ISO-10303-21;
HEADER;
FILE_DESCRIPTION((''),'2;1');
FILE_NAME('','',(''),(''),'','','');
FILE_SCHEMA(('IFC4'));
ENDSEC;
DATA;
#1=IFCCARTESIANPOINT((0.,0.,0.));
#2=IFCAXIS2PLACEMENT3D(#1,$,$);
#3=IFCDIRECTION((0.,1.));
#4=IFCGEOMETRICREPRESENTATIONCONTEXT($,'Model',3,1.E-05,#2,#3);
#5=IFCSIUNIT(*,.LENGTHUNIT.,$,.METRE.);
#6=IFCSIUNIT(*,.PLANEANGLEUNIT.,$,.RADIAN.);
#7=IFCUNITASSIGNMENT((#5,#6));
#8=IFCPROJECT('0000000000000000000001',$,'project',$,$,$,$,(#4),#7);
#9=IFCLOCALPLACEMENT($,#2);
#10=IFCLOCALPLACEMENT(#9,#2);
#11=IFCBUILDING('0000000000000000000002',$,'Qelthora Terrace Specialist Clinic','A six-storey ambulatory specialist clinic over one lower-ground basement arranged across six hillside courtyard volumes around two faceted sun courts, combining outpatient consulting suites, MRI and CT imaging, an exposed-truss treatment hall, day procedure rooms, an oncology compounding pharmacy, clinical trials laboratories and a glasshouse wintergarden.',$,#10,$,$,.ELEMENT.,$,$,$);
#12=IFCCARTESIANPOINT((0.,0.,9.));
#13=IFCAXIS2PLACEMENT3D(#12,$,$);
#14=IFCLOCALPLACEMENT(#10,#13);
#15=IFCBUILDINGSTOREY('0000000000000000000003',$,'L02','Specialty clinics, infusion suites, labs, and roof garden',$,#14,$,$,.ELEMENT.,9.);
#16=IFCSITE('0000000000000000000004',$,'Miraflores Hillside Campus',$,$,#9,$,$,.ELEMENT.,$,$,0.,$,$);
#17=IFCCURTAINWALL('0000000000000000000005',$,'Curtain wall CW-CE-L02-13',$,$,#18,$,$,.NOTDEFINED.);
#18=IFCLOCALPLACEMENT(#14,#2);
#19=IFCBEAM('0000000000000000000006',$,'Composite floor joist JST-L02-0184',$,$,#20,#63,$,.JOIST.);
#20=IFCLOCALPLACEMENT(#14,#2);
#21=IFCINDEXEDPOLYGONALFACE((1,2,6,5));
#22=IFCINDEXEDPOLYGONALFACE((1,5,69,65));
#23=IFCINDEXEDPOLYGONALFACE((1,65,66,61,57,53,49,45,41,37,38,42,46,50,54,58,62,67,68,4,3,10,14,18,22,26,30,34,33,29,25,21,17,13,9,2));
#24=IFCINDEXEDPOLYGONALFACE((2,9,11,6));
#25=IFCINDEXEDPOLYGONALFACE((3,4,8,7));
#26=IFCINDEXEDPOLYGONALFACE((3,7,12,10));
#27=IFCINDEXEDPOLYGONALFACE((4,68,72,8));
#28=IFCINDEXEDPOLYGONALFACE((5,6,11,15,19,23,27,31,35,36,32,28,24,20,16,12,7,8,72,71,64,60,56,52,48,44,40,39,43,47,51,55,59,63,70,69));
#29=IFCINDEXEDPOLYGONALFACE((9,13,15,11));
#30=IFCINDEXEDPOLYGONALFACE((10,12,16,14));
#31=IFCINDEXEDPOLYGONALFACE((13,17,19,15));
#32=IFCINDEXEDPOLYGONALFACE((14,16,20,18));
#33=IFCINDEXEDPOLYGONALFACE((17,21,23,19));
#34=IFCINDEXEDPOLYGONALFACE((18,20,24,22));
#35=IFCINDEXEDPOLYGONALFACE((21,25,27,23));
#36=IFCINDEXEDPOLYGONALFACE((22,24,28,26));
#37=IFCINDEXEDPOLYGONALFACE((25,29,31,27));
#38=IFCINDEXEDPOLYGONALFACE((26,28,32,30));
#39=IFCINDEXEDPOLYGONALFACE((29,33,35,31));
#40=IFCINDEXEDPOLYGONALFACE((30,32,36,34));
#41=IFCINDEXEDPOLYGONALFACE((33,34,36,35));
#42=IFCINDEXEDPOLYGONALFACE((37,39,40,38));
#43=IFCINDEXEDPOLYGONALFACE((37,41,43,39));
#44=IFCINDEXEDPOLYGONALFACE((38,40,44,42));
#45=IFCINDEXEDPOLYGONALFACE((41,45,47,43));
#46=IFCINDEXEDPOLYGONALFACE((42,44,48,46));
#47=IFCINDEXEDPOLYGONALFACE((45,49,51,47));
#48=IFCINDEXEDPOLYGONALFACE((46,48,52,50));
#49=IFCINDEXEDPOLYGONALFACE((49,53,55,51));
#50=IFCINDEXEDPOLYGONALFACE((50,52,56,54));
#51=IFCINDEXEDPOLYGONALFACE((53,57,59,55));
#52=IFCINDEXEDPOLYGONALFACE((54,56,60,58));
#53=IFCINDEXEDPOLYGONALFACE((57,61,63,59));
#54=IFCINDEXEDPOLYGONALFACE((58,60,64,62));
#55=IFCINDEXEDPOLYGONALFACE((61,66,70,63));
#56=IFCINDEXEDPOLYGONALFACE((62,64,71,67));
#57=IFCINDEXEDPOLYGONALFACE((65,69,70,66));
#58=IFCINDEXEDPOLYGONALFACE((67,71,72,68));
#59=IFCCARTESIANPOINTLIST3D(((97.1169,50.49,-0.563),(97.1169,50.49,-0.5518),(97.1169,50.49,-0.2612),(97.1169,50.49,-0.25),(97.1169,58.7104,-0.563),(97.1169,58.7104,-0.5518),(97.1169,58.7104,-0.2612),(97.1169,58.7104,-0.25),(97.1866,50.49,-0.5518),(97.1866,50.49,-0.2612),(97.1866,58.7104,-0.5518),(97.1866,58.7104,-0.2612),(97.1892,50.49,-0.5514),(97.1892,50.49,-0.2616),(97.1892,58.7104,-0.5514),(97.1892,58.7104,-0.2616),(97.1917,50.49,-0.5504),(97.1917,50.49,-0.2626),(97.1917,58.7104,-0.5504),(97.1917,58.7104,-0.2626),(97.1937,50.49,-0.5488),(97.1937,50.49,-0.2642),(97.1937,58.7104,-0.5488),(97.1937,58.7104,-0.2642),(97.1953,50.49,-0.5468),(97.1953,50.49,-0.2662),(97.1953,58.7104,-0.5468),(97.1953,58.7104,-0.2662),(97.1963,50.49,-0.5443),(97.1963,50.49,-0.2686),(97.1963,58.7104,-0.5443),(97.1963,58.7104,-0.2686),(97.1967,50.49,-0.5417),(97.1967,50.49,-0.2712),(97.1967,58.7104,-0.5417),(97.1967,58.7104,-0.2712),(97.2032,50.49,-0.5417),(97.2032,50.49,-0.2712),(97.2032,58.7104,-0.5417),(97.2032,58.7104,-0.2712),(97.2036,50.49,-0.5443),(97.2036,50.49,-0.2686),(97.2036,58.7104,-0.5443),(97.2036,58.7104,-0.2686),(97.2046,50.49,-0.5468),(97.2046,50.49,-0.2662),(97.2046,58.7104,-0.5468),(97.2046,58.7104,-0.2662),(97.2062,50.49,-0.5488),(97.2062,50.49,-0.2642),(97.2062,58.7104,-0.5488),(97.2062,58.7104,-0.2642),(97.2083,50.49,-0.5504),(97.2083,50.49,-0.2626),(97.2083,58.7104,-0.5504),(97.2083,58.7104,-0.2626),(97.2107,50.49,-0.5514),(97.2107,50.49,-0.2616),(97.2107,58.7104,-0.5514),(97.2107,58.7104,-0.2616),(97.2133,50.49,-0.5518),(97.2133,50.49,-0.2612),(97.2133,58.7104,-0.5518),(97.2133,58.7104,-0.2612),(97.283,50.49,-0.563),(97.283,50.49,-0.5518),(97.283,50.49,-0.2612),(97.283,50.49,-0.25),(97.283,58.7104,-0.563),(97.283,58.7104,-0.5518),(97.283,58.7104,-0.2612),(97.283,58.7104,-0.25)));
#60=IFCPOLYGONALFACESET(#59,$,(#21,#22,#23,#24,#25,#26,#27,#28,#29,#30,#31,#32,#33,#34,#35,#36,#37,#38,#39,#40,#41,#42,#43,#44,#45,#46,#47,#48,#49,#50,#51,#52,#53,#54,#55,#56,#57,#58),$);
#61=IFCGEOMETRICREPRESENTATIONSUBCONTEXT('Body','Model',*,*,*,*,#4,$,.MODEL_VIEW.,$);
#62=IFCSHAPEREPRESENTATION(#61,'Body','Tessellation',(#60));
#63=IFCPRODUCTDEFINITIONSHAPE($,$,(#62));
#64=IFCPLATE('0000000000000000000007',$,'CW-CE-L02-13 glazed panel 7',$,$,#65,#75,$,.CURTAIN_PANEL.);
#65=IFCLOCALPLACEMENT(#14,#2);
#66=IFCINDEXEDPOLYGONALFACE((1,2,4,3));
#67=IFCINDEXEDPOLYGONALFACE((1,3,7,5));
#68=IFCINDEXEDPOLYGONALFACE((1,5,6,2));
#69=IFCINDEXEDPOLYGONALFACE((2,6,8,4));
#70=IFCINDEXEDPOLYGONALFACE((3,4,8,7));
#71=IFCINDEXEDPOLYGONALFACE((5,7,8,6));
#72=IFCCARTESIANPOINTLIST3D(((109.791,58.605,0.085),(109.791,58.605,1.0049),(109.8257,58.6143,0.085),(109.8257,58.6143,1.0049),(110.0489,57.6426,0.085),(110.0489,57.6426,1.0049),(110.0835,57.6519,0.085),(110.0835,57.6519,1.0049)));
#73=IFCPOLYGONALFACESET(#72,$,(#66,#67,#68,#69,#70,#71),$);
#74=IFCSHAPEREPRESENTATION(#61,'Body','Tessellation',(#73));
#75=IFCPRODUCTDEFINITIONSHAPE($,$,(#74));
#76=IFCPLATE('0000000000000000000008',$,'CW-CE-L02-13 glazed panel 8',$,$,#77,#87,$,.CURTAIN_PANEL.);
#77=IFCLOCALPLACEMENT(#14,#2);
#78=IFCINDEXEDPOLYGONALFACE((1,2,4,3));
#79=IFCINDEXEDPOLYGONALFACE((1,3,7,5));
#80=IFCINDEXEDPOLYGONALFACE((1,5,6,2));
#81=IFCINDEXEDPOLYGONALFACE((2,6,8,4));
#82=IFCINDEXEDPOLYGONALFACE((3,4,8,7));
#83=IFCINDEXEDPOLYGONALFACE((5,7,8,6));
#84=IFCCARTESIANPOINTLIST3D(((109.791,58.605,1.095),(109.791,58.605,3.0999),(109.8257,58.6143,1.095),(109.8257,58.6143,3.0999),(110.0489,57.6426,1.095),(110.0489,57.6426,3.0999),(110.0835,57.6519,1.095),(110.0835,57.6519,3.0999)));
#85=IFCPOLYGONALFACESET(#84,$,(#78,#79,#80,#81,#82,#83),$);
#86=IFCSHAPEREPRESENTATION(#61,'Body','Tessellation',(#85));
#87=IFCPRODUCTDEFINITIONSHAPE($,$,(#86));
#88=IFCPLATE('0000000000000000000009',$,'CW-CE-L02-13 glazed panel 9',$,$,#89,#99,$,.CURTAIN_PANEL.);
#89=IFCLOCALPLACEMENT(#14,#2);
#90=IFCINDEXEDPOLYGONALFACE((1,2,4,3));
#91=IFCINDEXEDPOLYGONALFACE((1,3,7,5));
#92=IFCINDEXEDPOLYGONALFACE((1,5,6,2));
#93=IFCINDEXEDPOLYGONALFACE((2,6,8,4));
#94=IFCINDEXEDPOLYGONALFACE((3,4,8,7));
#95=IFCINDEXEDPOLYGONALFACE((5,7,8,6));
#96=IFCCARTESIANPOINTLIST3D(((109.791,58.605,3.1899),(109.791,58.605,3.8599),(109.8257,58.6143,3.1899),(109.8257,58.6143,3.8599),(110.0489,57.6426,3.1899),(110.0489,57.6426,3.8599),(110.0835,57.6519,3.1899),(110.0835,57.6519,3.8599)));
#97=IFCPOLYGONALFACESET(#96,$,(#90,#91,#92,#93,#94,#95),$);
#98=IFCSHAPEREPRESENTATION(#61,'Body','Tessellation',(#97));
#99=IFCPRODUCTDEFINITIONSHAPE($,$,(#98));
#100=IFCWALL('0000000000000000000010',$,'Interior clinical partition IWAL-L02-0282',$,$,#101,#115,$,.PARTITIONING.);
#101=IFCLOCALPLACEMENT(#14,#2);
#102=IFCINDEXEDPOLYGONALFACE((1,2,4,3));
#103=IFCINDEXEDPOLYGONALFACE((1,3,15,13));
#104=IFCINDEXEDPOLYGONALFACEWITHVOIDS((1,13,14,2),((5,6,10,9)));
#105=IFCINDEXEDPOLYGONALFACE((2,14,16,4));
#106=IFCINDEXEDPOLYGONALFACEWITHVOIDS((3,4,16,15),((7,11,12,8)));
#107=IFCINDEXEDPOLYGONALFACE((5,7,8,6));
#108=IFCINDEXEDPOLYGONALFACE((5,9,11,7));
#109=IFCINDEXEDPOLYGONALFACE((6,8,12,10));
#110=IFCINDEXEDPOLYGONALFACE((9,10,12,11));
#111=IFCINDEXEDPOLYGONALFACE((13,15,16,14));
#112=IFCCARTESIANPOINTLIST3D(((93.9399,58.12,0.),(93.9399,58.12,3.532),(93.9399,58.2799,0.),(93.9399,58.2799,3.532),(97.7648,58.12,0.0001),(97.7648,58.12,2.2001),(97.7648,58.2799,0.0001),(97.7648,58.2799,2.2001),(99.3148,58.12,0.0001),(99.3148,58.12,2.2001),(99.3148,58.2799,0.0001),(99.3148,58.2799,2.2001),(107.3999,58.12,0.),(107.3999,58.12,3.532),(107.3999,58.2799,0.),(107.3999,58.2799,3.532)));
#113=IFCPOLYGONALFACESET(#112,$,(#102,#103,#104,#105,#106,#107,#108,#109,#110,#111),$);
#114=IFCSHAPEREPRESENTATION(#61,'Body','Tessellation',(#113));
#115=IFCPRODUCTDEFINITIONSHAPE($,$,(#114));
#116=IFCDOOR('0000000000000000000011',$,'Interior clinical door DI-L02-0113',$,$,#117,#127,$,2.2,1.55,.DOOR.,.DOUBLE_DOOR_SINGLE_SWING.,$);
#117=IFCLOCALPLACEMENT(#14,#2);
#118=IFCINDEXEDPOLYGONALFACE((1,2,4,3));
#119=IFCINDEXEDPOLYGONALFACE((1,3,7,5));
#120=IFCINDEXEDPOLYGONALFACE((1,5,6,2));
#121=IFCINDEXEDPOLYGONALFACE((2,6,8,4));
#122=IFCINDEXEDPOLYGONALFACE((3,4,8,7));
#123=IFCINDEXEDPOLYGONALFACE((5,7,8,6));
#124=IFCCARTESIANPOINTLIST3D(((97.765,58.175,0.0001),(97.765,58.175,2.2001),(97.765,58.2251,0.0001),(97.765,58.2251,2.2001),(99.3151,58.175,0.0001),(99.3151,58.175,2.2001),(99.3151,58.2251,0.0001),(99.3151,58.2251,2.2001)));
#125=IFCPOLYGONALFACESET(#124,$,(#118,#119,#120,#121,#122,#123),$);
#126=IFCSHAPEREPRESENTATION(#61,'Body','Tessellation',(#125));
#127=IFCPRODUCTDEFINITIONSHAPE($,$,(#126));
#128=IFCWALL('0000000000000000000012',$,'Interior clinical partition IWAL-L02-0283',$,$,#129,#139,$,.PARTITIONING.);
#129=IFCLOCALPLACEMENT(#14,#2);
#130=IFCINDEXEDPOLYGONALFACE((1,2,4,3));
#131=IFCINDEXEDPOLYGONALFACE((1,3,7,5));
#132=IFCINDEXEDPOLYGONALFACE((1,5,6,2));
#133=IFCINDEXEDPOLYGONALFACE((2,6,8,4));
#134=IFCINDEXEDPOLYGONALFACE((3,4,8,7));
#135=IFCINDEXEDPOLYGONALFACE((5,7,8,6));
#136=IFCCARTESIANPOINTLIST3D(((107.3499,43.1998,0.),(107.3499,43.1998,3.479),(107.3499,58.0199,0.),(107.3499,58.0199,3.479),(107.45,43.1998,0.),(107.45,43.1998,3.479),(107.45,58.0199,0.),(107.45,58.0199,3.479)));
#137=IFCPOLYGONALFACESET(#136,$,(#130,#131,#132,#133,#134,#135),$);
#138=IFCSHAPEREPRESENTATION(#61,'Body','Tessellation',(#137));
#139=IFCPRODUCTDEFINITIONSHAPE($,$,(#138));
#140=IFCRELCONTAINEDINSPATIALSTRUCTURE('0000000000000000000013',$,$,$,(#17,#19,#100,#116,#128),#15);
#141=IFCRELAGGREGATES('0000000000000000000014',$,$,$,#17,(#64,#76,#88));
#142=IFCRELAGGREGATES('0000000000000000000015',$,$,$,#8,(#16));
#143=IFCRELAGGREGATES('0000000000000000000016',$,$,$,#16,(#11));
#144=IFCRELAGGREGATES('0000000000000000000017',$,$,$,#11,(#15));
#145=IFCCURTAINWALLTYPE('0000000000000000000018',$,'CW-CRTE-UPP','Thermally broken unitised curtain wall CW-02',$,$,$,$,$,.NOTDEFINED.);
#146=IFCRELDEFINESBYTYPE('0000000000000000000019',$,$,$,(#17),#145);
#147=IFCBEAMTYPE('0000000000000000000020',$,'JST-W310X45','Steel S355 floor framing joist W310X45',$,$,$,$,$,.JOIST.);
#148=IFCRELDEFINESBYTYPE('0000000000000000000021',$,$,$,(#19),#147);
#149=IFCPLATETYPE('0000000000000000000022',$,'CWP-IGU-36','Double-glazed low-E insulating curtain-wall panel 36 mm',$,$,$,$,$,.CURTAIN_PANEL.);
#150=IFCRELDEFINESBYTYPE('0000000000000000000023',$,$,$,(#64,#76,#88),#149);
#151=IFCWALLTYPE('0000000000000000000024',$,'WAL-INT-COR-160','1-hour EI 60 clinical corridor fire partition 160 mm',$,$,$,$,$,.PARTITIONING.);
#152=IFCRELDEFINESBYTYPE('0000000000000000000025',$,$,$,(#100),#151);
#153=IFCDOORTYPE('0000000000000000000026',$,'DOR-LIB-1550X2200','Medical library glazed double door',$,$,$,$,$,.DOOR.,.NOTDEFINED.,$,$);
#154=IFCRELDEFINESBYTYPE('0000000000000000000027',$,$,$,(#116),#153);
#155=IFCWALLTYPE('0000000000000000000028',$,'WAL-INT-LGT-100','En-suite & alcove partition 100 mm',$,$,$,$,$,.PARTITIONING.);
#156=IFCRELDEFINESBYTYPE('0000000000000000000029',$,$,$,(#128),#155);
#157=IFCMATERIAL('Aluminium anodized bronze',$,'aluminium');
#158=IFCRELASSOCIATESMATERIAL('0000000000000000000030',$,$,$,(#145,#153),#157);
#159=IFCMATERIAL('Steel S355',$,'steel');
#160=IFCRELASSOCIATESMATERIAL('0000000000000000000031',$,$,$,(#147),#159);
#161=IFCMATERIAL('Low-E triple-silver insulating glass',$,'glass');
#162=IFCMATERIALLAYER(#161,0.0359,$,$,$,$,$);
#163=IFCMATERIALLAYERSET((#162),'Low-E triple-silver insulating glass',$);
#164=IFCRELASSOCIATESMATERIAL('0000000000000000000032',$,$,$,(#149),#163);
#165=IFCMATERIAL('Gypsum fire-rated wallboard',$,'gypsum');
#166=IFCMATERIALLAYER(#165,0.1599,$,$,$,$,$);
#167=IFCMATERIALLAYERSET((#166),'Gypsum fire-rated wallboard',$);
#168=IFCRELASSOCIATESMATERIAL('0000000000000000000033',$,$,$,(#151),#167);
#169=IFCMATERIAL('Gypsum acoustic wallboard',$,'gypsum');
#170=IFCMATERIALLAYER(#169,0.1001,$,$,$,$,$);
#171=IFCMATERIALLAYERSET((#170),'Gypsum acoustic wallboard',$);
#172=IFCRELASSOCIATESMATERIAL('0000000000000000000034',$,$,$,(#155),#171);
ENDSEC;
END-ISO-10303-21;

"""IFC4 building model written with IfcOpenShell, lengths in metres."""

from ifc_helpers import new_model, si_unit, direction, frame, frame_2d, origin, origin_2d, place, context, subcontext, project, spatial, rectangle, i_section, extrude, material, layer, layer_set, material_profile, profile_set, type_object, element, fill, aggregate, save


model = new_model("IFC4")

# Units and contexts
model_context = context("Model", 3, precision=1e-05, world=origin(), true_north=direction((0.0, 1.0)))
body_context = subcontext(model_context, "Body", "Model", "MODEL_VIEW")
ifc_project = project(units=[si_unit("LENGTHUNIT", "METRE"), si_unit("PLANEANGLEUNIT", "RADIAN")], contexts=[model_context])

# Site, building, storey
site_placement = place(None, origin())
site = spatial("IfcSite", under=ifc_project, at=site_placement, Name="Miraflores Hillside Campus", CompositionType="ELEMENT", RefElevation=0.0)
building_placement = place(site_placement, origin())
building = spatial("IfcBuilding", under=site, at=building_placement, Name="Qelthora Terrace Specialist Clinic", Description="A six-storey ambulatory specialist clinic over one lower-ground basement arranged across six hillside courtyard volumes around two faceted sun courts, combining outpatient consulting suites, MRI and CT imaging, an exposed-truss treatment hall, day procedure rooms, an oncology compounding pharmacy, clinical trials laboratories and a glasshouse wintergarden.", CompositionType="ELEMENT")
storey_placement = place(building_placement, frame((0.0, 0.0, 9.0)))
storey = spatial("IfcBuildingStorey", under=building, at=storey_placement, Name="L02", Description="Specialty clinics, infusion suites, labs, and roof garden", CompositionType="ELEMENT", Elevation=9.0)

# Shared definitions
ifc_material_1 = material(Name="Steel S355", Category="steel")

# Curtain wall
ifc_material_2 = material(Name="Aluminium anodized bronze", Category="aluminium")
curtain_wall_type = type_object("IfcCurtainWallType", Name="CW-CRTE-UPP", Description="Thermally broken unitised curtain wall CW-02", PredefinedType="NOTDEFINED", material=ifc_material_2)
curtain_wall_placement = place(storey_placement, origin())
curtain_wall = element("IfcCurtainWall", 1, at=curtain_wall_placement, inside=storey, type_object=curtain_wall_type, Name="Curtain wall CW-CE-L02-13", PredefinedType="NOTDEFINED")

# Beam
ifc_material_profile_1 = material_profile(ifc_material_1, i_section(OverallWidth=0.166, OverallDepth=0.313, WebThickness=0.0066, FlangeThickness=0.0112, FilletRadius=0.01, at=origin_2d()), Name="W310X45")
ifc_profile_set_1 = profile_set([ifc_material_profile_1], Name="Steel S355")
beam_type_1 = type_object("IfcBeamType", Name="JST-W310X45", Description="Steel S355 floor framing joist W310X45", PredefinedType="JOIST", material=ifc_profile_set_1)
beam_1_placement = place(storey_placement, frame((97.2, 50.49, -0.4065), z_axis=(0.0, 1.0, 0.0), x_axis=(-1.0, 0.0, 0.0)))
element("IfcBeam", 2, at=beam_1_placement, inside=storey, type_object=beam_type_1, Name="Composite floor joist JST-L02-0184", PredefinedType="JOIST", context=body_context, shape_type="SweptSolid", body=[
    extrude(i_section(OverallWidth=0.166, OverallDepth=0.313, WebThickness=0.0066, FlangeThickness=0.0112, FilletRadius=0.01, at=origin_2d()), origin(), (0.0, 0.0, 1.0), 8.2205),
])

# Plates
ifc_material_3 = material(Name="Low-E triple-silver insulating glass", Category="glass")
ifc_layer_1 = layer(ifc_material_3, 0.0359)
ifc_layer_set_1 = layer_set([ifc_layer_1], Name="Low-E triple-silver insulating glass")
plate_type = type_object("IfcPlateType", Name="CWP-IGU-36", Description="Double-glazed low-E insulating curtain-wall panel 36 mm", PredefinedType="CURTAIN_PANEL", material=ifc_layer_set_1)
plate_1_placement = place(storey_placement, frame((109.9373, 58.1284, 0.085), z_axis=(0.0, 0.0, 1.0), x_axis=(0.258819, -0.965926, 0.0)))
plate_1 = element("IfcPlate", 3, at=plate_1_placement, type_object=plate_type, Name="CW-CE-L02-13 glazed panel 7", PredefinedType="CURTAIN_PANEL", context=body_context, shape_type="SweptSolid", body=[
    extrude(rectangle(XDim=0.9963, YDim=0.0359, at=origin_2d()), origin(), (0.0, 0.0, 1.0), 0.9199),
])
plate_2_placement = place(storey_placement, frame((109.9373, 58.1284, 1.095), z_axis=(0.0, 0.0, 1.0), x_axis=(0.258819, -0.965926, 0.0)))
plate_2 = element("IfcPlate", 4, at=plate_2_placement, type_object=plate_type, Name="CW-CE-L02-13 glazed panel 8", PredefinedType="CURTAIN_PANEL", context=body_context, shape_type="SweptSolid", body=[
    extrude(rectangle(XDim=0.9963, YDim=0.0359, at=origin_2d()), origin(), (0.0, 0.0, 1.0), 2.0049),
])
plate_3_placement = place(storey_placement, frame((109.9373, 58.1284, 3.1899), z_axis=(0.0, 0.0, 1.0), x_axis=(0.258819, -0.965926, 0.0)))
plate_3 = element("IfcPlate", 5, at=plate_3_placement, type_object=plate_type, Name="CW-CE-L02-13 glazed panel 9", PredefinedType="CURTAIN_PANEL", context=body_context, shape_type="SweptSolid", body=[
    extrude(rectangle(XDim=0.9963, YDim=0.0359, at=origin_2d()), origin(), (0.0, 0.0, 1.0), 0.6699),
])
aggregate(curtain_wall, [plate_1, plate_2, plate_3])

# Wall, opening, door
ifc_material_4 = material(Name="Gypsum fire-rated wallboard", Category="gypsum")
ifc_layer_2 = layer(ifc_material_4, 0.1599)
ifc_layer_set_2 = layer_set([ifc_layer_2], Name="Gypsum fire-rated wallboard")
wall_type_1 = type_object("IfcWallType", Name="WAL-INT-COR-160", Description="1-hour EI 60 clinical corridor fire partition 160 mm", PredefinedType="PARTITIONING", material=ifc_layer_set_2)
wall_1_placement = place(storey_placement, frame((93.9399, 58.2, 0.0), z_axis=(0.0, 0.0, 1.0), x_axis=(1.0, 0.0, 0.0)))
wall_1 = element("IfcWall", 6, at=wall_1_placement, inside=storey, type_object=wall_type_1, Name="Interior clinical partition IWAL-L02-0282", PredefinedType="PARTITIONING", context=body_context, shape_type="SweptSolid", body=[
    extrude(rectangle(XDim=13.46, YDim=0.1599, at=frame_2d((6.73, 0.0))), origin(), (0.0, 0.0, 1.0), 3.532),
])
opening_placement = place(wall_1_placement, frame((3.825, 0.0, 0.0)))
opening = element("IfcOpeningElement", 7, at=opening_placement, cuts=wall_1, PredefinedType="OPENING", context=body_context, shape_type="SweptSolid", body=[
    extrude(rectangle(XDim=1.55, YDim=2.2, at=frame_2d((0.7749, 1.1001))), frame((0.0, 0.0898, 0.0), z_axis=(0.0, -1.0, 0.0), x_axis=(1.0, 0.0, 0.0)), (0.0, 0.0, 1.0), 0.1799),
])
door_type = type_object("IfcDoorType", Name="DOR-LIB-1550X2200", Description="Medical library glazed double door", OperationType="NOTDEFINED", PredefinedType="DOOR", material=ifc_material_2)
door_placement = place(opening_placement, frame((1.55, 0.0, 0.0), z_axis=(0.0, 0.0, 1.0), x_axis=(-1.0, 0.0, 0.0)))
door = element("IfcDoor", 8, at=door_placement, inside=storey, type_object=door_type, Name="Interior clinical door DI-L02-0113", OperationType="DOUBLE_DOOR_SINGLE_SWING", OverallHeight=2.2, OverallWidth=1.55, PredefinedType="DOOR", context=body_context, shape_type="SweptSolid", body=[
    extrude(rectangle(XDim=1.55, YDim=2.2, at=frame_2d((0.7749, 1.1001))), frame((0.0, 0.0249, 0.0), z_axis=(0.0, -1.0, 0.0), x_axis=(1.0, 0.0, 0.0)), (0.0, 0.0, 1.0), 0.05),
])
fill(opening, door)

# Wall
ifc_material_5 = material(Name="Gypsum acoustic wallboard", Category="gypsum")
ifc_layer_3 = layer(ifc_material_5, 0.1001)
ifc_layer_set_3 = layer_set([ifc_layer_3], Name="Gypsum acoustic wallboard")
wall_type_2 = type_object("IfcWallType", Name="WAL-INT-LGT-100", Description="En-suite & alcove partition 100 mm", PredefinedType="PARTITIONING", material=ifc_layer_set_3)
wall_2_placement = place(storey_placement, frame((107.3999, 58.02, 0.0), z_axis=(0.0, 0.0, 1.0), x_axis=(0.0, -1.0, 0.0)))
element("IfcWall", 9, at=wall_2_placement, inside=storey, type_object=wall_type_2, Name="Interior clinical partition IWAL-L02-0283", PredefinedType="PARTITIONING", context=body_context, shape_type="SweptSolid", body=[
    extrude(rectangle(XDim=14.8201, YDim=0.1001, at=frame_2d((7.4102, 0.0))), origin(), (0.0, 0.0, 1.0), 3.479),
])

save(model, "model.ifc")
